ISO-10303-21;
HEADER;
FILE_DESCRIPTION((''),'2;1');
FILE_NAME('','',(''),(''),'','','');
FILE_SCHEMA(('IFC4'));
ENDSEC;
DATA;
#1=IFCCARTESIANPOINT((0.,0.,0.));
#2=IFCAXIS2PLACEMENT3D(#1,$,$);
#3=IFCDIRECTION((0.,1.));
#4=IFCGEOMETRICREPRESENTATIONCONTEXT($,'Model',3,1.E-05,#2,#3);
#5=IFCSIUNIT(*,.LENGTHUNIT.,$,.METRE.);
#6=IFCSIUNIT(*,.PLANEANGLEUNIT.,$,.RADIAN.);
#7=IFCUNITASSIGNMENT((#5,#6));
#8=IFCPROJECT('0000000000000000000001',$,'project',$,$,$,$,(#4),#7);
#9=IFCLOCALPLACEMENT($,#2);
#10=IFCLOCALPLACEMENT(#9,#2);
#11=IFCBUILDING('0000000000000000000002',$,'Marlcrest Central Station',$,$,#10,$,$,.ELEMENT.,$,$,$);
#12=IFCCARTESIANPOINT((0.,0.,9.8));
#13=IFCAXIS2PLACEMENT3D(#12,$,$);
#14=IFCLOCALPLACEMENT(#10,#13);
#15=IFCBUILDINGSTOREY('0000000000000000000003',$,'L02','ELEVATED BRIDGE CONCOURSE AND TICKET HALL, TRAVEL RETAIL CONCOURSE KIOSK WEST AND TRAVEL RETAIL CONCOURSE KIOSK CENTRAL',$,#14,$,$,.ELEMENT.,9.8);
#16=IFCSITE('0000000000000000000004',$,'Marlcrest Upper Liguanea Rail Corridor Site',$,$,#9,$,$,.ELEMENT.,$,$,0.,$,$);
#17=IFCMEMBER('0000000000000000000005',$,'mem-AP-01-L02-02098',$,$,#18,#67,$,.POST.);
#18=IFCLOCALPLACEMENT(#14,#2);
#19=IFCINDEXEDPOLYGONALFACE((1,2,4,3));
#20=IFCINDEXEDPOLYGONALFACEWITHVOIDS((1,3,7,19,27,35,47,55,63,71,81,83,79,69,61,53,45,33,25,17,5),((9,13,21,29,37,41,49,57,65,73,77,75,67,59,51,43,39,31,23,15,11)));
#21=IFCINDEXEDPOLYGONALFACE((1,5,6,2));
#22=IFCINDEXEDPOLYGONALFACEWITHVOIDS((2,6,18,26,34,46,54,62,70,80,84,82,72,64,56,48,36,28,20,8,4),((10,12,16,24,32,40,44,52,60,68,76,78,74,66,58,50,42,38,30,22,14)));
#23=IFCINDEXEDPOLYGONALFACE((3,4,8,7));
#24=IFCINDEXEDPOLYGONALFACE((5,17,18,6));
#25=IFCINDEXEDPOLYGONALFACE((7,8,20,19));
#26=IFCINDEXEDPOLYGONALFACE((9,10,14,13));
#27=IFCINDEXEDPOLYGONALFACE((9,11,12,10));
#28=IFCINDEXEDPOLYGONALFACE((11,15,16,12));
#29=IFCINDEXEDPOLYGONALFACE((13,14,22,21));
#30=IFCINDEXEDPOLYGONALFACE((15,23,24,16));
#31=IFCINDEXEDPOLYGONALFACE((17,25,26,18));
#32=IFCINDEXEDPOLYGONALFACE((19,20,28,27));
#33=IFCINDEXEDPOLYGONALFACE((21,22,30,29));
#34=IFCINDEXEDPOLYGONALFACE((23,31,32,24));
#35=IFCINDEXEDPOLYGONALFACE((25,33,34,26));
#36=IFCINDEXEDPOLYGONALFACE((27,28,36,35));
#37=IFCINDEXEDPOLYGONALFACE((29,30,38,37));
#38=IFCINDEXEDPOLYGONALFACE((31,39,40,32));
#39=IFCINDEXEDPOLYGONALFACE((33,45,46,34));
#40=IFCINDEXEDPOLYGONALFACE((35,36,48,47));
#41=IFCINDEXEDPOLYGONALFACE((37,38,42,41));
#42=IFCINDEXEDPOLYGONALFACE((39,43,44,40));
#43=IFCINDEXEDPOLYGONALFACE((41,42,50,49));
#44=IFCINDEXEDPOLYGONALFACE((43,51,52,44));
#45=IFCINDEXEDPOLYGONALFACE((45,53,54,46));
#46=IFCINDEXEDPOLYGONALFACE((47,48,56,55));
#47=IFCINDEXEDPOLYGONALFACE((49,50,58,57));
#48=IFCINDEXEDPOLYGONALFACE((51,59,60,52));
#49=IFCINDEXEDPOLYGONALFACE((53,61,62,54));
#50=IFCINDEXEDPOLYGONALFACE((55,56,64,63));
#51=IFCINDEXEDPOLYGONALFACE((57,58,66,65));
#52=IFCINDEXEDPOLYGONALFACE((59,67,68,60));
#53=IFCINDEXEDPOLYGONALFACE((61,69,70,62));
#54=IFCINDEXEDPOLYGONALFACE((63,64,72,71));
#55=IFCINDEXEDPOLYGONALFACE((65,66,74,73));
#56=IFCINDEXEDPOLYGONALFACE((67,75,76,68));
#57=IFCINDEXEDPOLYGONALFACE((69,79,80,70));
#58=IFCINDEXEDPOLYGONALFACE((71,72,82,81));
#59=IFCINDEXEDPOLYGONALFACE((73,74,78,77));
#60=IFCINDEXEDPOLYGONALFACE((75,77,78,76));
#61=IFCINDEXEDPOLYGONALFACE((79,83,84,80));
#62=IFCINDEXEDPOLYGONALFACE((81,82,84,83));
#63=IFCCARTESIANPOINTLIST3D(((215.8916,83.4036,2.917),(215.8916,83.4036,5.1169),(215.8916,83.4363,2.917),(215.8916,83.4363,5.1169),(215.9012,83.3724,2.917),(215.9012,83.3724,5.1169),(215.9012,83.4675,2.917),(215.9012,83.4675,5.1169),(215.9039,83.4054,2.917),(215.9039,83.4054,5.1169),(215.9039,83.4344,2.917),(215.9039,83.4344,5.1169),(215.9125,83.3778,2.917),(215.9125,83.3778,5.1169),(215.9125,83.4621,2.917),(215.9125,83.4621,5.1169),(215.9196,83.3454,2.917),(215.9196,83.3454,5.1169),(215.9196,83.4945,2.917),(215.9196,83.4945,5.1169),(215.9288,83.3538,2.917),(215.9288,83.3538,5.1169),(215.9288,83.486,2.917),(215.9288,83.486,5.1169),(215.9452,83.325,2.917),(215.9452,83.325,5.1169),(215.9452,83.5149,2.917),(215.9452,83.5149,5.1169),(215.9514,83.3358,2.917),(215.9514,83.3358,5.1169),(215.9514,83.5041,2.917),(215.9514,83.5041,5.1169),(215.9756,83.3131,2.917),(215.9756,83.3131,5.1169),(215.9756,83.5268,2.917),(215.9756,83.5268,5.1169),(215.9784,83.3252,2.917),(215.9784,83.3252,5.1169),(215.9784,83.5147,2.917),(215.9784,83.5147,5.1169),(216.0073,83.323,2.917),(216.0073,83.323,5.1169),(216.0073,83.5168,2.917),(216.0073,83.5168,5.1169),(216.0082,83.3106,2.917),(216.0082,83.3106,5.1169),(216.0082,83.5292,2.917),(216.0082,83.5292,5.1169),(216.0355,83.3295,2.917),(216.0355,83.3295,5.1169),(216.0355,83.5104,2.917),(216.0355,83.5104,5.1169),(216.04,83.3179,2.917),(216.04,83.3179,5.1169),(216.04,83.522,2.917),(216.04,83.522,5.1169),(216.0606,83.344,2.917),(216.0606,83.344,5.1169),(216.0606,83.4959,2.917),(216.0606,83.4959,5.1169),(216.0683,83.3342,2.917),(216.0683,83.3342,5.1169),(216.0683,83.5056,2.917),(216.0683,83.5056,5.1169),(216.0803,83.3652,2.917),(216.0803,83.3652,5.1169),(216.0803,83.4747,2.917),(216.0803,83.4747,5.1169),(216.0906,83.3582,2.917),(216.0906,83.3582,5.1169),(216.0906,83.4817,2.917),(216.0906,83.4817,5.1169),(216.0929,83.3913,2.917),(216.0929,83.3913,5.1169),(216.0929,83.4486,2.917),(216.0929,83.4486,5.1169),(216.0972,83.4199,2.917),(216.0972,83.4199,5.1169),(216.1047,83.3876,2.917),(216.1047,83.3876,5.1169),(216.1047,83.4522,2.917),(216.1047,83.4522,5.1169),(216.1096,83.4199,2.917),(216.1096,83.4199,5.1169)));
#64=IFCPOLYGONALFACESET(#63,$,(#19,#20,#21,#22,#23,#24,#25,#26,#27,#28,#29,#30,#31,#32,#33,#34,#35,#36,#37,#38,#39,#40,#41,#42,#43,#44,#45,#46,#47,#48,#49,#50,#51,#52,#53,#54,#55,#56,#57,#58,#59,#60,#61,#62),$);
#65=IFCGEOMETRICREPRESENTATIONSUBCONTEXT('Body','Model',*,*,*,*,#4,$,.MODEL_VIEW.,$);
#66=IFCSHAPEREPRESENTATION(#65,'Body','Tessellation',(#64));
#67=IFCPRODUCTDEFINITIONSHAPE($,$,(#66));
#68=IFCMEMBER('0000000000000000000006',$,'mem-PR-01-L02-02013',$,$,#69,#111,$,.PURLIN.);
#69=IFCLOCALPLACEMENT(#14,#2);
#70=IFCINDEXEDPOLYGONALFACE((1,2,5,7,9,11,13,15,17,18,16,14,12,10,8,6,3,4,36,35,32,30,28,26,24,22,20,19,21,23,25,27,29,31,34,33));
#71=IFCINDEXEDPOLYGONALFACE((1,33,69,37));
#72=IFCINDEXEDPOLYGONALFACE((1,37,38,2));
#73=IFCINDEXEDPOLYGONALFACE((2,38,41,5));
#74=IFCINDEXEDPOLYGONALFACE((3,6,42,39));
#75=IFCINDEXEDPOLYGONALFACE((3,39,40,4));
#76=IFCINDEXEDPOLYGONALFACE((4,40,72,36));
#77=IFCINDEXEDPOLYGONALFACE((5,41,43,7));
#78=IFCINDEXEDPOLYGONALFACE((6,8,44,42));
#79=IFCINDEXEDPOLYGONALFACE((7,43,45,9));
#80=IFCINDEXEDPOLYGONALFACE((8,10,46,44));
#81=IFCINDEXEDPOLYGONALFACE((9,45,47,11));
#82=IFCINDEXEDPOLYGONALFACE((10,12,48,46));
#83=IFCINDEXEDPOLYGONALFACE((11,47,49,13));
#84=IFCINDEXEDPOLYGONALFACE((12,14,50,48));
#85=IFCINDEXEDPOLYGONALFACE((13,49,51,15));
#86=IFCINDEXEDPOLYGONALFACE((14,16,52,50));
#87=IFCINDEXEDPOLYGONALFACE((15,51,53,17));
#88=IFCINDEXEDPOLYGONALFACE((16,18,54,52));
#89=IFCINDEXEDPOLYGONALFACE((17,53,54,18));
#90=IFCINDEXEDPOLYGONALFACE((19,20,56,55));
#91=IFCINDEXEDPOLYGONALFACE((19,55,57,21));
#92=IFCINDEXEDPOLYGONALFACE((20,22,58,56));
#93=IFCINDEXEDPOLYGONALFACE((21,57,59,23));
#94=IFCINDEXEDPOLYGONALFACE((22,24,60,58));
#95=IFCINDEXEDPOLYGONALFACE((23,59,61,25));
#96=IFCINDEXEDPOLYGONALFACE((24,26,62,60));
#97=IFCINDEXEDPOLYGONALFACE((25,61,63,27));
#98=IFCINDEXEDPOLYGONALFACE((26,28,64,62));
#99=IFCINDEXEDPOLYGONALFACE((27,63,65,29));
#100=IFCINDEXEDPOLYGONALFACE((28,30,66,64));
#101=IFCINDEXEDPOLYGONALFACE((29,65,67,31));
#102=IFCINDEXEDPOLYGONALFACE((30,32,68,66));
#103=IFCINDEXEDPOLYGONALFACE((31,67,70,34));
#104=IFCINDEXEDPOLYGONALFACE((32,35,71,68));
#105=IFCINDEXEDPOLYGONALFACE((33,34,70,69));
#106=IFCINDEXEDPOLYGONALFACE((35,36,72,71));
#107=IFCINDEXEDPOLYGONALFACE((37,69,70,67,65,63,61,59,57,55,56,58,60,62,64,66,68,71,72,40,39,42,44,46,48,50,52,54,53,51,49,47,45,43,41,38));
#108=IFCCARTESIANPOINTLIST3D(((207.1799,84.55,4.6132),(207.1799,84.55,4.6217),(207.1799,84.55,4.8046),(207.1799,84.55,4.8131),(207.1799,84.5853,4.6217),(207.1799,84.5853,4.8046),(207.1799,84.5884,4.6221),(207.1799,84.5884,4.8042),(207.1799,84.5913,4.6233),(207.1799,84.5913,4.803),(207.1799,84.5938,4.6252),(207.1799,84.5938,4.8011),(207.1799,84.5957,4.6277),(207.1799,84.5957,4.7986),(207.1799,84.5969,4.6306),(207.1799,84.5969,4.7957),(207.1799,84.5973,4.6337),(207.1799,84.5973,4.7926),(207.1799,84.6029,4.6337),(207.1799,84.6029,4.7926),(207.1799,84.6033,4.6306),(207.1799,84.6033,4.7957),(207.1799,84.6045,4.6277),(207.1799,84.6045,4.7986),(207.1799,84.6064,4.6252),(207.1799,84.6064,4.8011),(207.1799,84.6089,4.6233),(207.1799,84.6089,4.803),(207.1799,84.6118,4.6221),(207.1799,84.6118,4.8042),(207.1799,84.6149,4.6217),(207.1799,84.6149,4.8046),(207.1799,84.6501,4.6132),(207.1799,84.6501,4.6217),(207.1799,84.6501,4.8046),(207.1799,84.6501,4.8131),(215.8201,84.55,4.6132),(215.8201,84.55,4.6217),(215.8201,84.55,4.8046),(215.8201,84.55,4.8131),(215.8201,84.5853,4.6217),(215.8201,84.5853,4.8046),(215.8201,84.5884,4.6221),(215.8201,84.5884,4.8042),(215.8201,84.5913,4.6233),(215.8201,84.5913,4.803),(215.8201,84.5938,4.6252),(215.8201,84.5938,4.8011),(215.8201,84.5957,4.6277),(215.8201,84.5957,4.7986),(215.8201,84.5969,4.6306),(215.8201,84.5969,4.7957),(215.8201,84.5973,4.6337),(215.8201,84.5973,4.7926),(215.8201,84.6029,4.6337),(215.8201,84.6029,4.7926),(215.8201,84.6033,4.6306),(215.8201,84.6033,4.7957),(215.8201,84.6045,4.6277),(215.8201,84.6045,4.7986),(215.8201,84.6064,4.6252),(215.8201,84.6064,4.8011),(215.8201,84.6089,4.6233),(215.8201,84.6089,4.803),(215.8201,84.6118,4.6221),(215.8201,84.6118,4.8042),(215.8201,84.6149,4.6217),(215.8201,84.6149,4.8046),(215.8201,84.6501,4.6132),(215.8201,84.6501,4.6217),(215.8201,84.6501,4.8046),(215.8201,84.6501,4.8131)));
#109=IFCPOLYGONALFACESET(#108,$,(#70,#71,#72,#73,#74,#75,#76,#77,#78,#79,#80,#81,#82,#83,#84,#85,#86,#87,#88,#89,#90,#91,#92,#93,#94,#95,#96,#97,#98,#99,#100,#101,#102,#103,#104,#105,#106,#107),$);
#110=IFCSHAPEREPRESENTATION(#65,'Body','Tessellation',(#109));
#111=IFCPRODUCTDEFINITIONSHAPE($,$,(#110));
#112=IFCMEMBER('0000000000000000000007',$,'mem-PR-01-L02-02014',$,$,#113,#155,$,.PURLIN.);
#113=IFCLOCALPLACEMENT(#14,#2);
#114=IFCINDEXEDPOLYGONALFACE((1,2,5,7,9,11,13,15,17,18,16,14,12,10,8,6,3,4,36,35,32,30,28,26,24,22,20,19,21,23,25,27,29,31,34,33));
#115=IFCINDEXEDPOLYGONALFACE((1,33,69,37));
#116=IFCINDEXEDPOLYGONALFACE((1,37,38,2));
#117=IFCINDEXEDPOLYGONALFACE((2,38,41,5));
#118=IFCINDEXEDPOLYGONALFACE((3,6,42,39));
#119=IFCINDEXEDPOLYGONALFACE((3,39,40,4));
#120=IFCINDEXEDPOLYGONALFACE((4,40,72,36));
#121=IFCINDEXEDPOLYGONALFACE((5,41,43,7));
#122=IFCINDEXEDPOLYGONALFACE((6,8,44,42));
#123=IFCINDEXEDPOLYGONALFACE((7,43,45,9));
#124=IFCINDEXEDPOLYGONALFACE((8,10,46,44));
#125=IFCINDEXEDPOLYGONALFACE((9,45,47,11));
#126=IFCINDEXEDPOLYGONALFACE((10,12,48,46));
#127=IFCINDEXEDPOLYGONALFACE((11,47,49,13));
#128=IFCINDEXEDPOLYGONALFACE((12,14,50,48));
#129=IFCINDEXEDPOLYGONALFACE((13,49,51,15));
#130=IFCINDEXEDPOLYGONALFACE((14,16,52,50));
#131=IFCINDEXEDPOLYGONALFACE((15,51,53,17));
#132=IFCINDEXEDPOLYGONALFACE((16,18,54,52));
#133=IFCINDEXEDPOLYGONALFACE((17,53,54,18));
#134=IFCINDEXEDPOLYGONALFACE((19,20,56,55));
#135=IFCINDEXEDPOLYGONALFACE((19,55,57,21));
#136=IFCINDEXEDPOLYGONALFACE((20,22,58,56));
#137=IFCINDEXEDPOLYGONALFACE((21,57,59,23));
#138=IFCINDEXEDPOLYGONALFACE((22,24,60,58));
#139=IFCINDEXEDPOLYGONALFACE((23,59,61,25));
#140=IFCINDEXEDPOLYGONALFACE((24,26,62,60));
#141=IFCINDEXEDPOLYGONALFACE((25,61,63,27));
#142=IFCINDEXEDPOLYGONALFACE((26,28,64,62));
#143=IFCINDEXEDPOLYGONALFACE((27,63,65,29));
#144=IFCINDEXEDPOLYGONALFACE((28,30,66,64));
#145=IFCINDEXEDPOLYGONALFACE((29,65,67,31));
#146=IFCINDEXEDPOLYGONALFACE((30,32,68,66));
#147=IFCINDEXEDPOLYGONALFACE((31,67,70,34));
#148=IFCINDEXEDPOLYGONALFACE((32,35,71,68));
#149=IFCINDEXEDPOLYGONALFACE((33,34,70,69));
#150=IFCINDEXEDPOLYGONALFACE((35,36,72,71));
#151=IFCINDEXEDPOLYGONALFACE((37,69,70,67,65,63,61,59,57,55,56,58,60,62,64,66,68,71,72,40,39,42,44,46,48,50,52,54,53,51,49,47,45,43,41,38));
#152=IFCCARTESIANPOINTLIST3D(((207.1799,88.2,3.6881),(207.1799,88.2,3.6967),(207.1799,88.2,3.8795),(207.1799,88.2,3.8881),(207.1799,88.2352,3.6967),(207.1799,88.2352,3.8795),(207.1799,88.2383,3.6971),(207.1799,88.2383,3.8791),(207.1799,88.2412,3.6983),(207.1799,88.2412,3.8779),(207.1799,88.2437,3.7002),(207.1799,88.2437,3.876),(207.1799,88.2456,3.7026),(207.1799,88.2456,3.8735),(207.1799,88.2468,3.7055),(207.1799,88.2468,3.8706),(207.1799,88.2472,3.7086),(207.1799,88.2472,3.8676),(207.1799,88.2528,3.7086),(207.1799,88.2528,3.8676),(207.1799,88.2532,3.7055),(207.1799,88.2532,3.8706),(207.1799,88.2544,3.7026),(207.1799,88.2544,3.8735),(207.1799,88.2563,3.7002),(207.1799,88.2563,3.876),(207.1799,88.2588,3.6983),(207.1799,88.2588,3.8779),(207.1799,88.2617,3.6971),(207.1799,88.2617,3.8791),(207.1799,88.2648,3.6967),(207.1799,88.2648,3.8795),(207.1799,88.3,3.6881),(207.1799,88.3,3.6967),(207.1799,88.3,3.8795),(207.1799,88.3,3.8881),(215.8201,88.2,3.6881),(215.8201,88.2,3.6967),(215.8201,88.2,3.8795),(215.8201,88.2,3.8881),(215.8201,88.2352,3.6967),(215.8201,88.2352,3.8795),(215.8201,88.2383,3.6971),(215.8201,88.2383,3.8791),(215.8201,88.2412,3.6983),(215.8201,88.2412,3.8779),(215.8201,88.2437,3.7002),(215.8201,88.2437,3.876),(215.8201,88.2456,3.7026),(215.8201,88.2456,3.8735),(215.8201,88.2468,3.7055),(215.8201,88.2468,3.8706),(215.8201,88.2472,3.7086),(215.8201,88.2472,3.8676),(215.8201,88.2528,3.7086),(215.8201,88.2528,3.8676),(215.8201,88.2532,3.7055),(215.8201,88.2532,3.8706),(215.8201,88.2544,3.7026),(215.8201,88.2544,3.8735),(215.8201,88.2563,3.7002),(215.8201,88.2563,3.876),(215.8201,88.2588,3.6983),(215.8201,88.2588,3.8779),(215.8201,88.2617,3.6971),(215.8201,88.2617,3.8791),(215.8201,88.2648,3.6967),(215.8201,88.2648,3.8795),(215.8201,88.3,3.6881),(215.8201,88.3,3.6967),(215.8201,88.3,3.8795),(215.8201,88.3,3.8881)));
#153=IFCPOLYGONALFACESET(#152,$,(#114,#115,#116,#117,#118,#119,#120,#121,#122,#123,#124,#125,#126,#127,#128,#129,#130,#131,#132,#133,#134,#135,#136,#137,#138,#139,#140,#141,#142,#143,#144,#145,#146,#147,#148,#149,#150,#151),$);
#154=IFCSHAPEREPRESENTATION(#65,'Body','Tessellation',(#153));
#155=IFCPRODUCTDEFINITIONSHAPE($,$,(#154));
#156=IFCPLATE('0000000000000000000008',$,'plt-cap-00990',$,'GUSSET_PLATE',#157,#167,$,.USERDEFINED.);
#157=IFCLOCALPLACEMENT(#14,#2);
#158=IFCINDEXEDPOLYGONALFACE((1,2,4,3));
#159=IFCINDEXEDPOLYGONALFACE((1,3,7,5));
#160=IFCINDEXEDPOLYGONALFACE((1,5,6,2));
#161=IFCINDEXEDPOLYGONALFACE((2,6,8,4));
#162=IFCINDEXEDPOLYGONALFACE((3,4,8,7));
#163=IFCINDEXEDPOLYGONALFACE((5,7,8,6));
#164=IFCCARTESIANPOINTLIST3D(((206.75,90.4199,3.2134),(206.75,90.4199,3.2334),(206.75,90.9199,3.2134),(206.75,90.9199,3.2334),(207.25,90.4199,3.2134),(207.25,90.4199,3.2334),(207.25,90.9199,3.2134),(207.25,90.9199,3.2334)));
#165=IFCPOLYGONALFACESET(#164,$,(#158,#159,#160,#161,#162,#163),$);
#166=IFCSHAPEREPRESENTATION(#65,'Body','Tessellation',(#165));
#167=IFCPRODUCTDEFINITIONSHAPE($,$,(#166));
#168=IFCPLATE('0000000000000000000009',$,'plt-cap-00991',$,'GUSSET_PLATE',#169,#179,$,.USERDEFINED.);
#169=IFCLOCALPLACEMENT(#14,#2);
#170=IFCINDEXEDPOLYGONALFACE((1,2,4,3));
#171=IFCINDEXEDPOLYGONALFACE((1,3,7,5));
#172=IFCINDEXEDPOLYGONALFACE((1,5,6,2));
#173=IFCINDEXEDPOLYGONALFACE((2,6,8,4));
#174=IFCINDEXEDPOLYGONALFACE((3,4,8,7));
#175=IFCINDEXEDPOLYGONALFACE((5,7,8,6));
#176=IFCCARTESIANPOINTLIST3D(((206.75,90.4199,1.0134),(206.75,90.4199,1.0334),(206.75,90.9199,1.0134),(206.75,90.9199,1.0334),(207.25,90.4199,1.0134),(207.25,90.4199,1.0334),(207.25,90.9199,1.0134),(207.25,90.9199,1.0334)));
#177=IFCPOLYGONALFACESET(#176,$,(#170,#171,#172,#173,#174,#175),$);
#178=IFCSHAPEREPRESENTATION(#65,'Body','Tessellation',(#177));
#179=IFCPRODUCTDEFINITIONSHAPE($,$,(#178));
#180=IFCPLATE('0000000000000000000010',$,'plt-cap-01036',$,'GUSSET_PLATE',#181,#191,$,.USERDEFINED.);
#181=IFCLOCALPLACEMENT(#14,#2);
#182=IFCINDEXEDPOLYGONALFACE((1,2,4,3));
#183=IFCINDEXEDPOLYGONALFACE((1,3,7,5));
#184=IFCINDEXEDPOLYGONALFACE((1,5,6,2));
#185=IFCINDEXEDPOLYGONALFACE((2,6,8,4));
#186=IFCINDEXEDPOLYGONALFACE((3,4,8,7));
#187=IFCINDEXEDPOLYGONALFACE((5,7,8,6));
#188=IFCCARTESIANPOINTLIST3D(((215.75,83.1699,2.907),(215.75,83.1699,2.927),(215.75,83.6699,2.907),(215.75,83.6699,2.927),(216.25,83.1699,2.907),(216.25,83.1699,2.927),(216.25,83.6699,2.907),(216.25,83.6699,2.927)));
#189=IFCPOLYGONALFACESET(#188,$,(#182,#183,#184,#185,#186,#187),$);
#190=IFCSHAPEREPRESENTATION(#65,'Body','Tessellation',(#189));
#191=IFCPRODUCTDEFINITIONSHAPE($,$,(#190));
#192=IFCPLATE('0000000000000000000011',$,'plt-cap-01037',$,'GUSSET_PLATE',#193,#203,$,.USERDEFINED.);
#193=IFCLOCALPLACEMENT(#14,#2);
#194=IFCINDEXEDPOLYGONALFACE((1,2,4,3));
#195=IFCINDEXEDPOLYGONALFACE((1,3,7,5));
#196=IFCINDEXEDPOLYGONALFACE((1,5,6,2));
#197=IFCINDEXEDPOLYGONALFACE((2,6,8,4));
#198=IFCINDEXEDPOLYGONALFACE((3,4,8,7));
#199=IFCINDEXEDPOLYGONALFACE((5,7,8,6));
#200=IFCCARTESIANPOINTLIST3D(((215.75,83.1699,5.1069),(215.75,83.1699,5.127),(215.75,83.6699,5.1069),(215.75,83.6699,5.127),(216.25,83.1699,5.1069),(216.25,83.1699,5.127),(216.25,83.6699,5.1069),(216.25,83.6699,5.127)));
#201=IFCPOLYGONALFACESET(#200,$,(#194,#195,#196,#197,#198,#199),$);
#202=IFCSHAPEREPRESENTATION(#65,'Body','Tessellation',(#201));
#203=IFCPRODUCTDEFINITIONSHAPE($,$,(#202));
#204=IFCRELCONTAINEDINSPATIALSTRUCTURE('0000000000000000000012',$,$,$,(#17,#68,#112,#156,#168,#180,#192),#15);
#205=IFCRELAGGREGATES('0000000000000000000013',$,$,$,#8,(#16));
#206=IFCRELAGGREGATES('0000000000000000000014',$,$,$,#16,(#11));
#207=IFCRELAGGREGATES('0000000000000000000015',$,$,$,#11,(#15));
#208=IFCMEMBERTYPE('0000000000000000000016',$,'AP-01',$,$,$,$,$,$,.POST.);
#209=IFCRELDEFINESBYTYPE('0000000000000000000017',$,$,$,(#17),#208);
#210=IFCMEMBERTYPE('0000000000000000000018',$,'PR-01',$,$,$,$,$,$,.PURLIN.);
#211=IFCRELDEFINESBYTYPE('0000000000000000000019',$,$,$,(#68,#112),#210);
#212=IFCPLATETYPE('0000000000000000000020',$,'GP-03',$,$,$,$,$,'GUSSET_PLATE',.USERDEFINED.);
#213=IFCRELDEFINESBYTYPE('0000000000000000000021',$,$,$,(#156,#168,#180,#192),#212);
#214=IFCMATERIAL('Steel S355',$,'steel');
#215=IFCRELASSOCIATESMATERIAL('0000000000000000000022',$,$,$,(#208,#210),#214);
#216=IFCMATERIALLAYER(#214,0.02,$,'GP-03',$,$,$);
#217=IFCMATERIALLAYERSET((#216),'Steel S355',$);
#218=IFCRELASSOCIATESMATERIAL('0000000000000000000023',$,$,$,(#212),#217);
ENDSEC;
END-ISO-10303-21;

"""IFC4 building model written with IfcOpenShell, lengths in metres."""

from ifc_helpers import new_model, si_unit, direction, frame, origin, origin_2d, place, context, subcontext, project, spatial, rectangle, hollow_circle, i_section, extrude, material, layer, layer_set, material_profile, profile_set, type_object, element, save


model = new_model("IFC4")

# Units and contexts
model_context = context("Model", 3, precision=1e-05, world=origin(), true_north=direction((0.0, 1.0)))
body_context = subcontext(model_context, "Body", "Model", "MODEL_VIEW")
ifc_project = project(units=[si_unit("LENGTHUNIT", "METRE"), si_unit("PLANEANGLEUNIT", "RADIAN")], contexts=[model_context])

# Site, building, storey
site_placement = place(None, origin())
site = spatial("IfcSite", under=ifc_project, at=site_placement, Name="Marlcrest Upper Liguanea Rail Corridor Site", CompositionType="ELEMENT", RefElevation=0.0)
building_placement = place(site_placement, origin())
building = spatial("IfcBuilding", under=site, at=building_placement, Name="Marlcrest Central Station", CompositionType="ELEMENT")
storey_placement = place(building_placement, frame((0.0, 0.0, 9.8)))
storey = spatial("IfcBuildingStorey", under=building, at=storey_placement, Name="L02", Description="ELEVATED BRIDGE CONCOURSE AND TICKET HALL, TRAVEL RETAIL CONCOURSE KIOSK WEST AND TRAVEL RETAIL CONCOURSE KIOSK CENTRAL", CompositionType="ELEMENT", Elevation=9.8)

# Members
ifc_material_1 = material(Name="Steel S355", Category="steel")
ifc_material_profile_1 = material_profile(ifc_material_1, hollow_circle(Radius=0.1096, WallThickness=0.0125, at=origin_2d()), Name="CHS 219.1x12.5")
ifc_profile_set_1 = profile_set([ifc_material_profile_1], Name="Steel S355")
member_type_1 = type_object("IfcMemberType", Name="AP-01", PredefinedType="POST", material=ifc_profile_set_1)
for number, where, z_axis, x_axis, name in (
    (1, (216.0, 83.4199, 2.917), (0.0, 0.0, 1.0), (1.0, 0.0, 0.0), "mem-AP-01-L02-02098"),
):
    element("IfcMember", number, at=place(storey_placement, frame(where, z_axis=z_axis, x_axis=x_axis)), inside=storey, type_object=member_type_1, Name=name, PredefinedType="POST", context=body_context, shape_type="SweptSolid", body=[
        extrude(hollow_circle(Radius=0.1096, WallThickness=0.0125, at=origin_2d()), origin(), (0.0, 0.0, 1.0), 2.2),
    ])
ifc_material_profile_2 = material_profile(ifc_material_1, i_section(OverallWidth=0.1001, OverallDepth=0.2, WebThickness=0.0056, FlangeThickness=0.0085, FilletRadius=0.012, at=origin_2d()), Name="IPE 200")
ifc_profile_set_2 = profile_set([ifc_material_profile_2], Name="Steel S355")
member_type_2 = type_object("IfcMemberType", Name="PR-01", PredefinedType="PURLIN", material=ifc_profile_set_2)
for number, where, z_axis, x_axis, name in (
    (2, (207.1799, 84.6001, 4.7131), (1.0, 0.0, 0.0), (0.0, 1.0, 0.0), "mem-PR-01-L02-02013"),
    (3, (207.1799, 88.25, 3.7881), (1.0, 0.0, 0.0), (0.0, 1.0, 0.0), "mem-PR-01-L02-02014"),
):
    element("IfcMember", number, at=place(storey_placement, frame(where, z_axis=z_axis, x_axis=x_axis)), inside=storey, type_object=member_type_2, Name=name, PredefinedType="PURLIN", context=body_context, shape_type="SweptSolid", body=[
        extrude(i_section(OverallWidth=0.1001, OverallDepth=0.2, WebThickness=0.0056, FlangeThickness=0.0085, FilletRadius=0.012, at=origin_2d()), origin(), (0.0, 0.0, 1.0), 8.6401),
    ])

# Plates
ifc_layer_1 = layer(ifc_material_1, 0.02, Name="GP-03")
ifc_layer_set_1 = layer_set([ifc_layer_1], Name="Steel S355")
plate_type = type_object("IfcPlateType", Name="GP-03", ElementType="GUSSET_PLATE", PredefinedType="USERDEFINED", material=ifc_layer_set_1)
for number, where, z_axis, x_axis, name in (
    (4, (207.0, 90.6699, 3.2134), (0.0, 0.0, 1.0), (1.0, 0.0, 0.0), "plt-cap-00990"),
    (5, (207.0, 90.6699, 1.0134), (0.0, 0.0, 1.0), (1.0, 0.0, 0.0), "plt-cap-00991"),
    (6, (216.0, 83.4199, 2.907), (0.0, 0.0, 1.0), (1.0, 0.0, 0.0), "plt-cap-01036"),
    (7, (216.0, 83.4199, 5.1069), (0.0, 0.0, 1.0), (1.0, 0.0, 0.0), "plt-cap-01037"),
):
    element("IfcPlate", number, at=place(storey_placement, frame(where, z_axis=z_axis, x_axis=x_axis)), inside=storey, type_object=plate_type, Name=name, ObjectType="GUSSET_PLATE", PredefinedType="USERDEFINED", context=body_context, shape_type="SweptSolid", body=[
        extrude(rectangle(XDim=0.5, YDim=0.5, at=origin_2d()), origin(), (0.0, 0.0, 1.0), 0.02),
    ])

save(model, "model.ifc")
